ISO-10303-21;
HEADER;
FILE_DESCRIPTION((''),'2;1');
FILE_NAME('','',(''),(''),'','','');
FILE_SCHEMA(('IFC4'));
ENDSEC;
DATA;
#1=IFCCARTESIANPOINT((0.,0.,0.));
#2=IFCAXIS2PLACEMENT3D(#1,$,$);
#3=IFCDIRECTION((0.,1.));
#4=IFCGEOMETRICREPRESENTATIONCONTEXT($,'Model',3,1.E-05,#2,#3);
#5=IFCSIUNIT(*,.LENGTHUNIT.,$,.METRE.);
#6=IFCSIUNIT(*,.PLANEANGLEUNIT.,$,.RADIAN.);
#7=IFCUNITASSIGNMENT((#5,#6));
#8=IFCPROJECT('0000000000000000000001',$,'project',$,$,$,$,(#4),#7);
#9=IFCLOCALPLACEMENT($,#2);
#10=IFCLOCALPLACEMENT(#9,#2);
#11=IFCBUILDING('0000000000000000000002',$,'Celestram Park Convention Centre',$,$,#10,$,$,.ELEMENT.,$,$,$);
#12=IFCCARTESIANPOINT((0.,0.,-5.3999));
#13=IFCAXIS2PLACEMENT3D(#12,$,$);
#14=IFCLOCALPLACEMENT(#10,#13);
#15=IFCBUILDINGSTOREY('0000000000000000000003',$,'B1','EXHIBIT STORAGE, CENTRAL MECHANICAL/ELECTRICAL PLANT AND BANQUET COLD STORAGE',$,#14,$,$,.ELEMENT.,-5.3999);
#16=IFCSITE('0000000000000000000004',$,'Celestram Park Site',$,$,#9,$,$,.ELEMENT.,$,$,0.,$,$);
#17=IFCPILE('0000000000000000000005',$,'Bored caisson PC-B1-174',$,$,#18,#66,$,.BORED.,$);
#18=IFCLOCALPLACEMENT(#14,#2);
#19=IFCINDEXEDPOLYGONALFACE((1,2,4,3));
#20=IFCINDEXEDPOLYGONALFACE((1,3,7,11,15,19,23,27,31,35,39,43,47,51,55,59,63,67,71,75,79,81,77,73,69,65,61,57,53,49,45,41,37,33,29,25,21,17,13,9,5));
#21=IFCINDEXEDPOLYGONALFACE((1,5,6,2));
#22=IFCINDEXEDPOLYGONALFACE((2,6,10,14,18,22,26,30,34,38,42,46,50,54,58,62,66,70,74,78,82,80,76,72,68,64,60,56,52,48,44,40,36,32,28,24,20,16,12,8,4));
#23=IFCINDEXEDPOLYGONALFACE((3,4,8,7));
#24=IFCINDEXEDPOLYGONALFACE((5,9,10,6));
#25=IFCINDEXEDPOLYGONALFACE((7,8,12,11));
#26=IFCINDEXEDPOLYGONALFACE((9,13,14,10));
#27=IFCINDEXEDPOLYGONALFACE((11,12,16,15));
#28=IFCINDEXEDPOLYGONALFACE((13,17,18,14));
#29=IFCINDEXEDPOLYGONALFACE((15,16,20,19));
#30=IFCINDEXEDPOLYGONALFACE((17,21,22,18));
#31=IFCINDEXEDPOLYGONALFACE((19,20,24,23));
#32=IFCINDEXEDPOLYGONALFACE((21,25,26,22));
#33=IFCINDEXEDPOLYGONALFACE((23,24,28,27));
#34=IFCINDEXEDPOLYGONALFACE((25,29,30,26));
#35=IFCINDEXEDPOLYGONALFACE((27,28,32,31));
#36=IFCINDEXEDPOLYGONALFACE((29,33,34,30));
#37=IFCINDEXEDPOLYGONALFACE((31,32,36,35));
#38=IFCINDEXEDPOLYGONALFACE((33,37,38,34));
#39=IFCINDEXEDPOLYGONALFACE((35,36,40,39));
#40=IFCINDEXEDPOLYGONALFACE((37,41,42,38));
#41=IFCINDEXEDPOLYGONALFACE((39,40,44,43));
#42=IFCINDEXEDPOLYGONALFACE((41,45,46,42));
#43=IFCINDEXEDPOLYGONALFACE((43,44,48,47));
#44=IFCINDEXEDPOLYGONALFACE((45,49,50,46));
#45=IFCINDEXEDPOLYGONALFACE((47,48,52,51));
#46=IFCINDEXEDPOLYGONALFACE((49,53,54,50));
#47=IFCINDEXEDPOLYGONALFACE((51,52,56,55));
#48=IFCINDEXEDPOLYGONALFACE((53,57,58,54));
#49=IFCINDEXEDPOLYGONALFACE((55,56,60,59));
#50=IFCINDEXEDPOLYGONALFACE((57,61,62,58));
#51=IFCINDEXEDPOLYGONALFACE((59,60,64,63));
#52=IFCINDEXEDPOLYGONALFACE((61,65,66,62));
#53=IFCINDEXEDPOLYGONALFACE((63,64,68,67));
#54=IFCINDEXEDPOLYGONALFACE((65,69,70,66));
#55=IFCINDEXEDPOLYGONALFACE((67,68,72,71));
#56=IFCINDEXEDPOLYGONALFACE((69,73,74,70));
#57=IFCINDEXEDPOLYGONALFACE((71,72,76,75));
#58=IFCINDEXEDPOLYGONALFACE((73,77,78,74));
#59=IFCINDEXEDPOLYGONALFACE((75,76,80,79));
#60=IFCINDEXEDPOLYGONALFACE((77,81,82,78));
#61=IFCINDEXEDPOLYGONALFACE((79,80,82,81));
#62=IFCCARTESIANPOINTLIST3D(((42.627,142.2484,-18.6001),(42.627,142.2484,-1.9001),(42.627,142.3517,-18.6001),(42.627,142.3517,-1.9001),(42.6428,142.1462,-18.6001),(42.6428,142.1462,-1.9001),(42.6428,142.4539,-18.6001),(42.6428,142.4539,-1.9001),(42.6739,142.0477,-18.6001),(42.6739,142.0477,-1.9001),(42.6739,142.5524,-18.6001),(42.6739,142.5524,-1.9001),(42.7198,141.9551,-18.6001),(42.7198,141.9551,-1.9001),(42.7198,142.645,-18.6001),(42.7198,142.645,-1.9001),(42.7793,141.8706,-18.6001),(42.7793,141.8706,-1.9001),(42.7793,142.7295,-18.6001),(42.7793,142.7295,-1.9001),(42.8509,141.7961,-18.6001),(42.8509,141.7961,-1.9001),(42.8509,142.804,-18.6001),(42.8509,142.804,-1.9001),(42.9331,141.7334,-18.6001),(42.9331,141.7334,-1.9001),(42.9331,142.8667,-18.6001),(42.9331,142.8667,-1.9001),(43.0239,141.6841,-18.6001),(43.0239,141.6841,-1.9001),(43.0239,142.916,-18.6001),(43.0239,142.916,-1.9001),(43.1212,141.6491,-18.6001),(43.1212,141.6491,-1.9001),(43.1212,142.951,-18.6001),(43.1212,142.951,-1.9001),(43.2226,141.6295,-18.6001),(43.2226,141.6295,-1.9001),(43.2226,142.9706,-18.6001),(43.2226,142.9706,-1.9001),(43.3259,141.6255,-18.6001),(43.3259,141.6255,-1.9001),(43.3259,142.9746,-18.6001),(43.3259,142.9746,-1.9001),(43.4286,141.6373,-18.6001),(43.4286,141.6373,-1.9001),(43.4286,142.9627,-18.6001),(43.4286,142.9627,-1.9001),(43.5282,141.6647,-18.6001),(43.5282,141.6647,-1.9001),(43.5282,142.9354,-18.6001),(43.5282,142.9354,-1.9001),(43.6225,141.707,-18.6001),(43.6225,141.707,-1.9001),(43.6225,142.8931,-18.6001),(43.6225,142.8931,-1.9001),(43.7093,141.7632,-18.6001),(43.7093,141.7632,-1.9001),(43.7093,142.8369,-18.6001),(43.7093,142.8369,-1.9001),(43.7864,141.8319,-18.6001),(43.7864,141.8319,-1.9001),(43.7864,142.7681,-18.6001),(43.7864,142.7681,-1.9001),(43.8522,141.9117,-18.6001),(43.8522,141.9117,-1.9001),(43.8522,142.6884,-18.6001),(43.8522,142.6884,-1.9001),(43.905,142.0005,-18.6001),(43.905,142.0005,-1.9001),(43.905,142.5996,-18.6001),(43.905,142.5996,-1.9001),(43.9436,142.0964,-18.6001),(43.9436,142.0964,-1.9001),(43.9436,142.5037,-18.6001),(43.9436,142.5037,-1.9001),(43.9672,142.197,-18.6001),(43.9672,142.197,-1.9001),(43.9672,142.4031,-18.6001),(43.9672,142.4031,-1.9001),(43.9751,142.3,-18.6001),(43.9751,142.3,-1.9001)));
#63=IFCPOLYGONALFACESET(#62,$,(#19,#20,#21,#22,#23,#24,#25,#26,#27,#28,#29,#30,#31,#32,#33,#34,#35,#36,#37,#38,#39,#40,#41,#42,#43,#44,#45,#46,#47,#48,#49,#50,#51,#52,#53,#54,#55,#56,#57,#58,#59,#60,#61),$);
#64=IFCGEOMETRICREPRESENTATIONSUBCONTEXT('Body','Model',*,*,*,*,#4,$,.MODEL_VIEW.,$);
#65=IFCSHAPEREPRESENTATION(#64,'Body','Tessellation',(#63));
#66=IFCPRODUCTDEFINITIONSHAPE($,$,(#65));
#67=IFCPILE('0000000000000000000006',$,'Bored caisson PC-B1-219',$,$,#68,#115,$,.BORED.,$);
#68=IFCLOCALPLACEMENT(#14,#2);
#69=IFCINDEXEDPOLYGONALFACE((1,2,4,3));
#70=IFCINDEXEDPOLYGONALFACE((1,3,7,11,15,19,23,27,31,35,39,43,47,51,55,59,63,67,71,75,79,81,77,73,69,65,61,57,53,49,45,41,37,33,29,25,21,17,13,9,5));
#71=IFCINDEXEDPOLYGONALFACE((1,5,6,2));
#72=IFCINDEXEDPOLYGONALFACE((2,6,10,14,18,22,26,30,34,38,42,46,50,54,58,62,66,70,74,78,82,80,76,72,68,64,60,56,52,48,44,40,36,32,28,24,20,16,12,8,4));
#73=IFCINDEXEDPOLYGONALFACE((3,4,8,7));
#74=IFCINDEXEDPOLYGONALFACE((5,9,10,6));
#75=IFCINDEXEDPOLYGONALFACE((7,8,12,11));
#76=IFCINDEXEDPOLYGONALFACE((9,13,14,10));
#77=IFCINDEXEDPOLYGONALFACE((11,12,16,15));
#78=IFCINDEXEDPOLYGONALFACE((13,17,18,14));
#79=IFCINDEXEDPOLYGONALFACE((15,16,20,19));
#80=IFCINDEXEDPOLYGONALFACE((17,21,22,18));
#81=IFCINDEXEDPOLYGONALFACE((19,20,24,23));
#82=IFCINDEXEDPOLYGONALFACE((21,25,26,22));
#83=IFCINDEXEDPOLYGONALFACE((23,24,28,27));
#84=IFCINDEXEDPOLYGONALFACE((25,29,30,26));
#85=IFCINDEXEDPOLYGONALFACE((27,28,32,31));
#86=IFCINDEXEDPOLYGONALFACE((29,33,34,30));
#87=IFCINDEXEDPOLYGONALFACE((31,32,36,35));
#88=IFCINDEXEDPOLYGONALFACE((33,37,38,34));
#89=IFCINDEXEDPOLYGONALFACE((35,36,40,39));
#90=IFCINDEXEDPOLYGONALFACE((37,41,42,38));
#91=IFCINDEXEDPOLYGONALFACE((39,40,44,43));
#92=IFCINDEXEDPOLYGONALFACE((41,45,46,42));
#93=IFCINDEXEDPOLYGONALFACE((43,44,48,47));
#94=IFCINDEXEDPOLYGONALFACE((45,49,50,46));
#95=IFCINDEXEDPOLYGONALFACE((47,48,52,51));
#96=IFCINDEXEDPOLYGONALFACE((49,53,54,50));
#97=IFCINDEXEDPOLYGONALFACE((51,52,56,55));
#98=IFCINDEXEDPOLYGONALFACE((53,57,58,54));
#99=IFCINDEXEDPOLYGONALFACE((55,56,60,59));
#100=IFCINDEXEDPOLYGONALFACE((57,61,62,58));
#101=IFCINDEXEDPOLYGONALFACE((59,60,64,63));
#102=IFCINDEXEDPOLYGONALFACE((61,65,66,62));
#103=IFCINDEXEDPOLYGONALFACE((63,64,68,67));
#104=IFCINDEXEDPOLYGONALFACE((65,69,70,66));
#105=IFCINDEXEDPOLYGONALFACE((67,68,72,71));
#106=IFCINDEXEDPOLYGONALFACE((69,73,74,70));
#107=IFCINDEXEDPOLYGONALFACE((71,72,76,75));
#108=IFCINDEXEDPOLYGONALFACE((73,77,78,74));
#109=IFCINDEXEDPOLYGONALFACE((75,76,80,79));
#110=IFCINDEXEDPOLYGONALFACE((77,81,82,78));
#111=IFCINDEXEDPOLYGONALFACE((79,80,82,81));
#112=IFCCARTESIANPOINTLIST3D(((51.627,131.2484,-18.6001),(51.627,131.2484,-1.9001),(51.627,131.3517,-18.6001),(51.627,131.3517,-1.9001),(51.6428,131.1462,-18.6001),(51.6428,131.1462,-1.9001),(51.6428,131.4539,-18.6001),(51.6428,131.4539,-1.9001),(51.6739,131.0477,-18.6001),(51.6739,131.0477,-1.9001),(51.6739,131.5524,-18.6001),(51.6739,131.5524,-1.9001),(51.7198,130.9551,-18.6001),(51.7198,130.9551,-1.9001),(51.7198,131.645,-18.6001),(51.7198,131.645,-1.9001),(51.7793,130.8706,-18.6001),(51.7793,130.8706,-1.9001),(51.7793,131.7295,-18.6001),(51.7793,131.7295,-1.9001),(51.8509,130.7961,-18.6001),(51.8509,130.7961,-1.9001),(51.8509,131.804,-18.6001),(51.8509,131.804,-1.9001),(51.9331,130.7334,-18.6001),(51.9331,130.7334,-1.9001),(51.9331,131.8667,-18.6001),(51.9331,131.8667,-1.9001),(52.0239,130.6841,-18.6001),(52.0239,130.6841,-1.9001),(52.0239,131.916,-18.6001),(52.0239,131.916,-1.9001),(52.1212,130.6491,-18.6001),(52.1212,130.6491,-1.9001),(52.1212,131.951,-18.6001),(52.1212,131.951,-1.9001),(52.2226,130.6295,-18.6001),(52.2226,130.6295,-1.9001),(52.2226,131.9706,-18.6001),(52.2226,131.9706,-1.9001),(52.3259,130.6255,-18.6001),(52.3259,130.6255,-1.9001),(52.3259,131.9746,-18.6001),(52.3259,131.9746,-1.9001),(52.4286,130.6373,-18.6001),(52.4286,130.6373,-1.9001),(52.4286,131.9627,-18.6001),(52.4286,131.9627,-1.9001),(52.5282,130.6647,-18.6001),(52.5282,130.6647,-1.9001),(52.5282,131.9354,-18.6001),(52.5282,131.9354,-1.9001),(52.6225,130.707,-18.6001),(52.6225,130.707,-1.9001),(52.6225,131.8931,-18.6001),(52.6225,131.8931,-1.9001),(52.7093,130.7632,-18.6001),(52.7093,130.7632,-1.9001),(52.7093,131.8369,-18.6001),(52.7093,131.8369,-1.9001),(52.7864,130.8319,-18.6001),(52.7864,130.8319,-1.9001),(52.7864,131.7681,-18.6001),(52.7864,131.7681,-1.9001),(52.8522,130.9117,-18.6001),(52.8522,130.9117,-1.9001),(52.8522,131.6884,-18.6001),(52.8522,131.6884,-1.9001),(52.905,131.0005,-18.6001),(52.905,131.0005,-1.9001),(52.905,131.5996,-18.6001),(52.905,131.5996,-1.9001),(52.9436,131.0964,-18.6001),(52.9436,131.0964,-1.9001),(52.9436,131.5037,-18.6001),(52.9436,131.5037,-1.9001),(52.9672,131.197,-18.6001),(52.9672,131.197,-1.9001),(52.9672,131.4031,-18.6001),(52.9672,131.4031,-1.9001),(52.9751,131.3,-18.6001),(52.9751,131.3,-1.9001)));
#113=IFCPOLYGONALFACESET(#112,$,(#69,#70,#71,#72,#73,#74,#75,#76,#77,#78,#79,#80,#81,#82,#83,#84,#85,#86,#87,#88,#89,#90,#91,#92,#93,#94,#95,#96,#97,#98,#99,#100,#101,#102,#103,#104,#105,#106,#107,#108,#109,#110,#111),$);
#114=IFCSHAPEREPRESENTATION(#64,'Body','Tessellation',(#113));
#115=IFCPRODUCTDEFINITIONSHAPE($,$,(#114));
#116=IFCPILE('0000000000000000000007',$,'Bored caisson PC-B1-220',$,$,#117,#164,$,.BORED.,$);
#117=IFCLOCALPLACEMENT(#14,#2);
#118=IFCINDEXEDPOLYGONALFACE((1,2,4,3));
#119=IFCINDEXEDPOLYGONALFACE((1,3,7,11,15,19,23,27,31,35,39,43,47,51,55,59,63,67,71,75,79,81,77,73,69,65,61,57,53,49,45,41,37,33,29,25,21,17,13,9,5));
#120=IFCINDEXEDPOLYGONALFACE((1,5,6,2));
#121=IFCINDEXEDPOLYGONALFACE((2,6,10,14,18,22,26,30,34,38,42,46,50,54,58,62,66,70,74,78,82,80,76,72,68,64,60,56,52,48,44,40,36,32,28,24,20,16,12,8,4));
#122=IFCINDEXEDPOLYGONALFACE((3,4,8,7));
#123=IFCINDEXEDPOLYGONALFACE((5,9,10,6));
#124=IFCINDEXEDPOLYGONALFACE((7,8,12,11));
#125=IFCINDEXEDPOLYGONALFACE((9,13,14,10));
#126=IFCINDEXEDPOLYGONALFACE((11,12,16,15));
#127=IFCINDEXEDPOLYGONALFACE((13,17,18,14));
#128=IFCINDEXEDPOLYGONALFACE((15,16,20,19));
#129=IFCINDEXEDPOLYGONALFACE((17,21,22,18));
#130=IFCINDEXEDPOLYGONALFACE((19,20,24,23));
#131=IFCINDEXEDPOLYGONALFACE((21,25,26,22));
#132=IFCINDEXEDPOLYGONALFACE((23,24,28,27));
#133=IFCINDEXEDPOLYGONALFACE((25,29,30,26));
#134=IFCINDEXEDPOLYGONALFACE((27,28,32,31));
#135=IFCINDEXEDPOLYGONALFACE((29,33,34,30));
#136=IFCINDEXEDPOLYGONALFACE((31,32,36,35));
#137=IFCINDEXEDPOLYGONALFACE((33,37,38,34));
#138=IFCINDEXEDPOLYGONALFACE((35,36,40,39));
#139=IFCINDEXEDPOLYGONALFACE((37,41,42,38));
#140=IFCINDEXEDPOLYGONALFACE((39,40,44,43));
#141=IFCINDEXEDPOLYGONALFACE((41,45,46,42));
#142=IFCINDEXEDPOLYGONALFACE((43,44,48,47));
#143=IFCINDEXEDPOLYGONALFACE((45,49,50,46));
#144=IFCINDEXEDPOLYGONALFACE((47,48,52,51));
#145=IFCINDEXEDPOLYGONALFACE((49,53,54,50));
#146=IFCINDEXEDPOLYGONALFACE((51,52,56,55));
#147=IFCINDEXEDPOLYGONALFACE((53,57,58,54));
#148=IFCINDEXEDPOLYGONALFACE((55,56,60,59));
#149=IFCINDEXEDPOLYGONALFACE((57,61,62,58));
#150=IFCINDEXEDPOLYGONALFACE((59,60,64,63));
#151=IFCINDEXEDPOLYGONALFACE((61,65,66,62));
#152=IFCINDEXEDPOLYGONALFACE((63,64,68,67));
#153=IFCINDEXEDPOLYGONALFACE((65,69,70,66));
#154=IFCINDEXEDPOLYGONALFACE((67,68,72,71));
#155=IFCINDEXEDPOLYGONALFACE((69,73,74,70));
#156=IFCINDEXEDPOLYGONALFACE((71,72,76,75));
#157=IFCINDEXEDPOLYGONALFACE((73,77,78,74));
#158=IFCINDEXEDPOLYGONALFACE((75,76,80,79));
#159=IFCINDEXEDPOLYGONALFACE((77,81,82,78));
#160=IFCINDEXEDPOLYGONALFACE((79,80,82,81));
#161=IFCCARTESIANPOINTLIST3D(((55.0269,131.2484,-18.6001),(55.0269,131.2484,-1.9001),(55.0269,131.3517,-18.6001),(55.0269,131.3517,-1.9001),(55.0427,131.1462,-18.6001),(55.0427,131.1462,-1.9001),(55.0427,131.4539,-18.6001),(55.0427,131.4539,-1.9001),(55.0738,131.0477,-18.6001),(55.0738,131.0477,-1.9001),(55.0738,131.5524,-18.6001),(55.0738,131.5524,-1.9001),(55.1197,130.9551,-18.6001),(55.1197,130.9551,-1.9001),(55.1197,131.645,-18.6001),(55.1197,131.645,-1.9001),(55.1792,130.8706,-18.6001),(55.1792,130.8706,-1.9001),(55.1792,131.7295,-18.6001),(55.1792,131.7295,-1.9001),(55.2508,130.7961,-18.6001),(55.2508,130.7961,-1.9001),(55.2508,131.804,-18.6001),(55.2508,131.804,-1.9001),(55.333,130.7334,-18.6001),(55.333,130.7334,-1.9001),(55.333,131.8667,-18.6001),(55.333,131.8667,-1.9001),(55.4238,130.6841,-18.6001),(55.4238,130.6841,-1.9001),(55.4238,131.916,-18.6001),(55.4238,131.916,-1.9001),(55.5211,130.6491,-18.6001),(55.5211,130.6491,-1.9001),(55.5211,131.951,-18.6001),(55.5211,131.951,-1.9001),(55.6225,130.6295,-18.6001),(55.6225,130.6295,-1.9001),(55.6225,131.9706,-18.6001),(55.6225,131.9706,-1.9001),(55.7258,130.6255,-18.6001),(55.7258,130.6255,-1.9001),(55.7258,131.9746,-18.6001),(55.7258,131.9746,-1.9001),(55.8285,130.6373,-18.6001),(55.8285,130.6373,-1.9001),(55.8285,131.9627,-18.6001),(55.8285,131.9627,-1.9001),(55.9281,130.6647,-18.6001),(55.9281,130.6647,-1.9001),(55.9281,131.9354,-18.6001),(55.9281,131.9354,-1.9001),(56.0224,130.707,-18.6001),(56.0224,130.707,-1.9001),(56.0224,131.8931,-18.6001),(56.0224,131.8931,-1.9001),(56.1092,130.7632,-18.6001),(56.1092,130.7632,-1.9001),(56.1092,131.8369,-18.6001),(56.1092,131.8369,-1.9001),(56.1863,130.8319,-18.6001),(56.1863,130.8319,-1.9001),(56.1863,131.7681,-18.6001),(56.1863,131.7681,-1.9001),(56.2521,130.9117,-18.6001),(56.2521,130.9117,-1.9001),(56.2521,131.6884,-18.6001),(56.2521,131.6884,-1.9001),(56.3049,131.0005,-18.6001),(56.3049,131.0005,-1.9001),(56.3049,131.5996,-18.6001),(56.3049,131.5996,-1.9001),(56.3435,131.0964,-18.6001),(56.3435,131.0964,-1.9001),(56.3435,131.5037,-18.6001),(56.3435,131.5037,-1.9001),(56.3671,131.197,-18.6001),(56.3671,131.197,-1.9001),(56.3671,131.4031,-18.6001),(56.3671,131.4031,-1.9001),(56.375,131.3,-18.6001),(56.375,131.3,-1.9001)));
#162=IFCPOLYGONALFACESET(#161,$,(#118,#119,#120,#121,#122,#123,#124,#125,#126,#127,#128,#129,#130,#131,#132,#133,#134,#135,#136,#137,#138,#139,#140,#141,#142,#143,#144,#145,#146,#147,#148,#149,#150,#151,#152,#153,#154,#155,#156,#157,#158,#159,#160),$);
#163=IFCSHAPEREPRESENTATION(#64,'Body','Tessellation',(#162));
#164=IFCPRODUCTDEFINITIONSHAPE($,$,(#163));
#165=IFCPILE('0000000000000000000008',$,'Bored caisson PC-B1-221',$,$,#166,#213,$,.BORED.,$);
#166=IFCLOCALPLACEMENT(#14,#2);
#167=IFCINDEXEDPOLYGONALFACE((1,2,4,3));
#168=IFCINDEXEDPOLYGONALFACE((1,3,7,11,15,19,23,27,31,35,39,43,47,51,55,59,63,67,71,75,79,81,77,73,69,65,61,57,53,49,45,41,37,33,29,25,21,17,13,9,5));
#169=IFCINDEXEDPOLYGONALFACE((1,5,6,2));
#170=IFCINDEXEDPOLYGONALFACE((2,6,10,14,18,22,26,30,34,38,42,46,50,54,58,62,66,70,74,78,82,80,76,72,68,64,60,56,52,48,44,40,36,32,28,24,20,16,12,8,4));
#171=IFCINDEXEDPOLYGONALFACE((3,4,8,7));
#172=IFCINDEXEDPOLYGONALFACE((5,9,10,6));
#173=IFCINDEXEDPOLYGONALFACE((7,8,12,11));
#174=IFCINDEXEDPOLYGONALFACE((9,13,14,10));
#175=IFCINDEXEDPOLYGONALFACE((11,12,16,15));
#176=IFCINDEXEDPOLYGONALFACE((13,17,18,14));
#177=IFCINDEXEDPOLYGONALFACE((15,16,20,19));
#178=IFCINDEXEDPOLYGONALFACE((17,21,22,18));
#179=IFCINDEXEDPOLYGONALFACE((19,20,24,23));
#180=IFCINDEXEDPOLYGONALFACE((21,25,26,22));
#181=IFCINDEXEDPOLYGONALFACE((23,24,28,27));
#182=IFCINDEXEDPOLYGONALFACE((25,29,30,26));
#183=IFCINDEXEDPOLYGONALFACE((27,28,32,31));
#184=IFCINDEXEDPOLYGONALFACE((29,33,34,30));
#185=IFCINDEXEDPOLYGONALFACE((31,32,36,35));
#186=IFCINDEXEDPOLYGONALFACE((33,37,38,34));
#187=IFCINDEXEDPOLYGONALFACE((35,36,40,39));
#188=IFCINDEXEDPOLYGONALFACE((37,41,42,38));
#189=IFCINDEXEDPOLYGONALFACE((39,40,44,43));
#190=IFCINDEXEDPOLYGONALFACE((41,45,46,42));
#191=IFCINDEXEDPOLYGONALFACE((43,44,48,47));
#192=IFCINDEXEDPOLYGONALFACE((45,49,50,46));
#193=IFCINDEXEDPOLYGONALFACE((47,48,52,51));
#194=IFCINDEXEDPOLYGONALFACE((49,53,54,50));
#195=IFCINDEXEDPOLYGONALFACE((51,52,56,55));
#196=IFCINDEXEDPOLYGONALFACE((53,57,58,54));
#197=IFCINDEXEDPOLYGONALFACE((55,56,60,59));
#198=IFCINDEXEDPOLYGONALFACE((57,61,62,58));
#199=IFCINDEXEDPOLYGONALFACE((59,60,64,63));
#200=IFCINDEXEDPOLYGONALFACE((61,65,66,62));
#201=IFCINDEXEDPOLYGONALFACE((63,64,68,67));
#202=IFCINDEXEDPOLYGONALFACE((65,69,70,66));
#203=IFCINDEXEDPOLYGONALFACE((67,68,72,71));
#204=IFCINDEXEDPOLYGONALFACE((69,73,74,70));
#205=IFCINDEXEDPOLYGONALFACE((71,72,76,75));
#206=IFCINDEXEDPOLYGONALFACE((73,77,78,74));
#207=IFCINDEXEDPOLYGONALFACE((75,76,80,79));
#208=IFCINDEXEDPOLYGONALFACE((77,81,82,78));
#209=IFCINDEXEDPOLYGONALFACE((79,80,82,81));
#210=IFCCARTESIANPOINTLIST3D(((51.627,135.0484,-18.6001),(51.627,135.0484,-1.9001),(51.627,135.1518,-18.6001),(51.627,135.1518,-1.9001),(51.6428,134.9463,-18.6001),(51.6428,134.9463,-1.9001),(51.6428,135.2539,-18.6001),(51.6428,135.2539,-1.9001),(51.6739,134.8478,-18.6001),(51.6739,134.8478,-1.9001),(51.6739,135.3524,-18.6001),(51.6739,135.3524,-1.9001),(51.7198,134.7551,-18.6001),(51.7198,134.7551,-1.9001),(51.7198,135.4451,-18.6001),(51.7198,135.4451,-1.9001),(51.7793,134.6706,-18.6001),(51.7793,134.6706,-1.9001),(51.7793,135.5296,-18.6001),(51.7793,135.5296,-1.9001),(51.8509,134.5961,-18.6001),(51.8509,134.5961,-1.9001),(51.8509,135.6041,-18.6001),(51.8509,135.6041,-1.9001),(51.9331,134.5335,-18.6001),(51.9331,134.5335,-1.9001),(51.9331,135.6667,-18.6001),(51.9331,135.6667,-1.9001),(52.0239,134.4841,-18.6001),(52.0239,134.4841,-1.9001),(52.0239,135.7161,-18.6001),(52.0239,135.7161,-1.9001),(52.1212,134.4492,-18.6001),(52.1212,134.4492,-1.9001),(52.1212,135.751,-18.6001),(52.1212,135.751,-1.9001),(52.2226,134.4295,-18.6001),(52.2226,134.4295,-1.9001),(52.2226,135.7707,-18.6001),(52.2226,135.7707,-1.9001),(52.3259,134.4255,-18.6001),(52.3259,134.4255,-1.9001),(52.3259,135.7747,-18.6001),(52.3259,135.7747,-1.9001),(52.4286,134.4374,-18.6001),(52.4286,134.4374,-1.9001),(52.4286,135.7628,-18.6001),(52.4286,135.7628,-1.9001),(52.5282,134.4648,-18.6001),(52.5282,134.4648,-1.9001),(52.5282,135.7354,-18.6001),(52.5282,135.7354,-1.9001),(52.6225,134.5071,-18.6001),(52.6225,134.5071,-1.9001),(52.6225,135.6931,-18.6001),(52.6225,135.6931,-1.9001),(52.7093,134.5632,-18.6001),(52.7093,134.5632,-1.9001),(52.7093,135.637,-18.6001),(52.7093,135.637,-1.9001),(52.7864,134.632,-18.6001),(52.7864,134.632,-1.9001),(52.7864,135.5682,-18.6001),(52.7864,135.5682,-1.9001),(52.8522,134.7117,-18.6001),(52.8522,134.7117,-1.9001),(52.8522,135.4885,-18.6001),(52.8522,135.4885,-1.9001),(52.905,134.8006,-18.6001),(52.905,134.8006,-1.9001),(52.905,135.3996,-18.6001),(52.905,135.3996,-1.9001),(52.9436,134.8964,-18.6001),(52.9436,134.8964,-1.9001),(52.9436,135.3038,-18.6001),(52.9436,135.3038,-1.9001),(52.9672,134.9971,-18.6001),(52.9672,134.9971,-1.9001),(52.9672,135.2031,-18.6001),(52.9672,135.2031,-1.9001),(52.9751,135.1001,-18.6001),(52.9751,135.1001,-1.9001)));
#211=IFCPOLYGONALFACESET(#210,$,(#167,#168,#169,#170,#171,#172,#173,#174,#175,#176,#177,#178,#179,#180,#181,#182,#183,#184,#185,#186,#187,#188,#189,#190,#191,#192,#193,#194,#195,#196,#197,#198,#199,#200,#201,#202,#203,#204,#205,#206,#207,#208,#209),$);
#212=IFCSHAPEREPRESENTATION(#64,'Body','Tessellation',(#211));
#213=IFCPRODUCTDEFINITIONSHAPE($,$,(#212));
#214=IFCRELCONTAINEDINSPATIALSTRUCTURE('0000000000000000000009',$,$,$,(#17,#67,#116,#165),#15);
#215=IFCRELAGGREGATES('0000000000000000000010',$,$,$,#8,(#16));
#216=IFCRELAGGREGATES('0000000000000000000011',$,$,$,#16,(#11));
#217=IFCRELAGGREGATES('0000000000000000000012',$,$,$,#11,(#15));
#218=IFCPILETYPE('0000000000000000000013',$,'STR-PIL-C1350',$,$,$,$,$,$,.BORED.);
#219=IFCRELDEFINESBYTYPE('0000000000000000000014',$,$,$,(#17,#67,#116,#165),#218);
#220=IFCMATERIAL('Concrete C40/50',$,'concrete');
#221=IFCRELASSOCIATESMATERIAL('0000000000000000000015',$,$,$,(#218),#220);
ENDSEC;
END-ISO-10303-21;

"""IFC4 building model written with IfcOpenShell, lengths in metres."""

from ifc_helpers import new_model, si_unit, direction, frame, origin, origin_2d, place, context, subcontext, project, spatial, circle, extrude, material, material_profile, profile_set, type_object, element, save


model = new_model("IFC4")

# Units and contexts
model_context = context("Model", 3, precision=1e-05, world=origin(), true_north=direction((0.0, 1.0)))
body_context = subcontext(model_context, "Body", "Model", "MODEL_VIEW")
ifc_project = project(units=[si_unit("LENGTHUNIT", "METRE"), si_unit("PLANEANGLEUNIT", "RADIAN")], contexts=[model_context])

# Site, building, storey
site_placement = place(None, origin())
site = spatial("IfcSite", under=ifc_project, at=site_placement, Name="Celestram Park Site", CompositionType="ELEMENT", RefElevation=0.0)
building_placement = place(site_placement, origin())
building = spatial("IfcBuilding", under=site, at=building_placement, Name="Celestram Park Convention Centre", CompositionType="ELEMENT")
storey_placement = place(building_placement, frame((0.0, 0.0, -5.3999)))
storey = spatial("IfcBuildingStorey", under=building, at=storey_placement, Name="B1", Description="EXHIBIT STORAGE, CENTRAL MECHANICAL/ELECTRICAL PLANT AND BANQUET COLD STORAGE", CompositionType="ELEMENT", Elevation=-5.3999)

# Shared definitions
ifc_material_1 = material(Name="Concrete C40/50", Category="concrete")

# Piles
ifc_material_profile_1 = material_profile(ifc_material_1, circle(Radius=0.675, at=origin_2d()), Name="CAISSON1350")
ifc_profile_set_1 = profile_set([ifc_material_profile_1], Name="Concrete C40/50")
pile_type = type_object("IfcPileType", Name="STR-PIL-C1350", PredefinedType="BORED", material=ifc_profile_set_1)
for number, where, z_axis, x_axis, name in (
    (1, (43.3, 142.3, -1.9001), (0.0, 0.0, -1.0), (1.0, 0.0, 0.0), "Bored caisson PC-B1-174"),
    (2, (52.3, 131.3, -1.9001), (0.0, 0.0, -1.0), (1.0, 0.0, 0.0), "Bored caisson PC-B1-219"),
    (3, (55.7, 131.3, -1.9001), (0.0, 0.0, -1.0), (1.0, 0.0, 0.0), "Bored caisson PC-B1-220"),
    (4, (52.3, 135.1001, -1.9001), (0.0, 0.0, -1.0), (1.0, 0.0, 0.0), "Bored caisson PC-B1-221"),
):
    element("IfcPile", number, at=place(storey_placement, frame(where, z_axis=z_axis, x_axis=x_axis)), inside=storey, type_object=pile_type, Name=name, PredefinedType="BORED", context=body_context, shape_type="SweptSolid", body=[
        extrude(circle(Radius=0.675, at=origin_2d()), origin(), (0.0, 0.0, 1.0), 16.7),
    ])

save(model, "model.ifc")
